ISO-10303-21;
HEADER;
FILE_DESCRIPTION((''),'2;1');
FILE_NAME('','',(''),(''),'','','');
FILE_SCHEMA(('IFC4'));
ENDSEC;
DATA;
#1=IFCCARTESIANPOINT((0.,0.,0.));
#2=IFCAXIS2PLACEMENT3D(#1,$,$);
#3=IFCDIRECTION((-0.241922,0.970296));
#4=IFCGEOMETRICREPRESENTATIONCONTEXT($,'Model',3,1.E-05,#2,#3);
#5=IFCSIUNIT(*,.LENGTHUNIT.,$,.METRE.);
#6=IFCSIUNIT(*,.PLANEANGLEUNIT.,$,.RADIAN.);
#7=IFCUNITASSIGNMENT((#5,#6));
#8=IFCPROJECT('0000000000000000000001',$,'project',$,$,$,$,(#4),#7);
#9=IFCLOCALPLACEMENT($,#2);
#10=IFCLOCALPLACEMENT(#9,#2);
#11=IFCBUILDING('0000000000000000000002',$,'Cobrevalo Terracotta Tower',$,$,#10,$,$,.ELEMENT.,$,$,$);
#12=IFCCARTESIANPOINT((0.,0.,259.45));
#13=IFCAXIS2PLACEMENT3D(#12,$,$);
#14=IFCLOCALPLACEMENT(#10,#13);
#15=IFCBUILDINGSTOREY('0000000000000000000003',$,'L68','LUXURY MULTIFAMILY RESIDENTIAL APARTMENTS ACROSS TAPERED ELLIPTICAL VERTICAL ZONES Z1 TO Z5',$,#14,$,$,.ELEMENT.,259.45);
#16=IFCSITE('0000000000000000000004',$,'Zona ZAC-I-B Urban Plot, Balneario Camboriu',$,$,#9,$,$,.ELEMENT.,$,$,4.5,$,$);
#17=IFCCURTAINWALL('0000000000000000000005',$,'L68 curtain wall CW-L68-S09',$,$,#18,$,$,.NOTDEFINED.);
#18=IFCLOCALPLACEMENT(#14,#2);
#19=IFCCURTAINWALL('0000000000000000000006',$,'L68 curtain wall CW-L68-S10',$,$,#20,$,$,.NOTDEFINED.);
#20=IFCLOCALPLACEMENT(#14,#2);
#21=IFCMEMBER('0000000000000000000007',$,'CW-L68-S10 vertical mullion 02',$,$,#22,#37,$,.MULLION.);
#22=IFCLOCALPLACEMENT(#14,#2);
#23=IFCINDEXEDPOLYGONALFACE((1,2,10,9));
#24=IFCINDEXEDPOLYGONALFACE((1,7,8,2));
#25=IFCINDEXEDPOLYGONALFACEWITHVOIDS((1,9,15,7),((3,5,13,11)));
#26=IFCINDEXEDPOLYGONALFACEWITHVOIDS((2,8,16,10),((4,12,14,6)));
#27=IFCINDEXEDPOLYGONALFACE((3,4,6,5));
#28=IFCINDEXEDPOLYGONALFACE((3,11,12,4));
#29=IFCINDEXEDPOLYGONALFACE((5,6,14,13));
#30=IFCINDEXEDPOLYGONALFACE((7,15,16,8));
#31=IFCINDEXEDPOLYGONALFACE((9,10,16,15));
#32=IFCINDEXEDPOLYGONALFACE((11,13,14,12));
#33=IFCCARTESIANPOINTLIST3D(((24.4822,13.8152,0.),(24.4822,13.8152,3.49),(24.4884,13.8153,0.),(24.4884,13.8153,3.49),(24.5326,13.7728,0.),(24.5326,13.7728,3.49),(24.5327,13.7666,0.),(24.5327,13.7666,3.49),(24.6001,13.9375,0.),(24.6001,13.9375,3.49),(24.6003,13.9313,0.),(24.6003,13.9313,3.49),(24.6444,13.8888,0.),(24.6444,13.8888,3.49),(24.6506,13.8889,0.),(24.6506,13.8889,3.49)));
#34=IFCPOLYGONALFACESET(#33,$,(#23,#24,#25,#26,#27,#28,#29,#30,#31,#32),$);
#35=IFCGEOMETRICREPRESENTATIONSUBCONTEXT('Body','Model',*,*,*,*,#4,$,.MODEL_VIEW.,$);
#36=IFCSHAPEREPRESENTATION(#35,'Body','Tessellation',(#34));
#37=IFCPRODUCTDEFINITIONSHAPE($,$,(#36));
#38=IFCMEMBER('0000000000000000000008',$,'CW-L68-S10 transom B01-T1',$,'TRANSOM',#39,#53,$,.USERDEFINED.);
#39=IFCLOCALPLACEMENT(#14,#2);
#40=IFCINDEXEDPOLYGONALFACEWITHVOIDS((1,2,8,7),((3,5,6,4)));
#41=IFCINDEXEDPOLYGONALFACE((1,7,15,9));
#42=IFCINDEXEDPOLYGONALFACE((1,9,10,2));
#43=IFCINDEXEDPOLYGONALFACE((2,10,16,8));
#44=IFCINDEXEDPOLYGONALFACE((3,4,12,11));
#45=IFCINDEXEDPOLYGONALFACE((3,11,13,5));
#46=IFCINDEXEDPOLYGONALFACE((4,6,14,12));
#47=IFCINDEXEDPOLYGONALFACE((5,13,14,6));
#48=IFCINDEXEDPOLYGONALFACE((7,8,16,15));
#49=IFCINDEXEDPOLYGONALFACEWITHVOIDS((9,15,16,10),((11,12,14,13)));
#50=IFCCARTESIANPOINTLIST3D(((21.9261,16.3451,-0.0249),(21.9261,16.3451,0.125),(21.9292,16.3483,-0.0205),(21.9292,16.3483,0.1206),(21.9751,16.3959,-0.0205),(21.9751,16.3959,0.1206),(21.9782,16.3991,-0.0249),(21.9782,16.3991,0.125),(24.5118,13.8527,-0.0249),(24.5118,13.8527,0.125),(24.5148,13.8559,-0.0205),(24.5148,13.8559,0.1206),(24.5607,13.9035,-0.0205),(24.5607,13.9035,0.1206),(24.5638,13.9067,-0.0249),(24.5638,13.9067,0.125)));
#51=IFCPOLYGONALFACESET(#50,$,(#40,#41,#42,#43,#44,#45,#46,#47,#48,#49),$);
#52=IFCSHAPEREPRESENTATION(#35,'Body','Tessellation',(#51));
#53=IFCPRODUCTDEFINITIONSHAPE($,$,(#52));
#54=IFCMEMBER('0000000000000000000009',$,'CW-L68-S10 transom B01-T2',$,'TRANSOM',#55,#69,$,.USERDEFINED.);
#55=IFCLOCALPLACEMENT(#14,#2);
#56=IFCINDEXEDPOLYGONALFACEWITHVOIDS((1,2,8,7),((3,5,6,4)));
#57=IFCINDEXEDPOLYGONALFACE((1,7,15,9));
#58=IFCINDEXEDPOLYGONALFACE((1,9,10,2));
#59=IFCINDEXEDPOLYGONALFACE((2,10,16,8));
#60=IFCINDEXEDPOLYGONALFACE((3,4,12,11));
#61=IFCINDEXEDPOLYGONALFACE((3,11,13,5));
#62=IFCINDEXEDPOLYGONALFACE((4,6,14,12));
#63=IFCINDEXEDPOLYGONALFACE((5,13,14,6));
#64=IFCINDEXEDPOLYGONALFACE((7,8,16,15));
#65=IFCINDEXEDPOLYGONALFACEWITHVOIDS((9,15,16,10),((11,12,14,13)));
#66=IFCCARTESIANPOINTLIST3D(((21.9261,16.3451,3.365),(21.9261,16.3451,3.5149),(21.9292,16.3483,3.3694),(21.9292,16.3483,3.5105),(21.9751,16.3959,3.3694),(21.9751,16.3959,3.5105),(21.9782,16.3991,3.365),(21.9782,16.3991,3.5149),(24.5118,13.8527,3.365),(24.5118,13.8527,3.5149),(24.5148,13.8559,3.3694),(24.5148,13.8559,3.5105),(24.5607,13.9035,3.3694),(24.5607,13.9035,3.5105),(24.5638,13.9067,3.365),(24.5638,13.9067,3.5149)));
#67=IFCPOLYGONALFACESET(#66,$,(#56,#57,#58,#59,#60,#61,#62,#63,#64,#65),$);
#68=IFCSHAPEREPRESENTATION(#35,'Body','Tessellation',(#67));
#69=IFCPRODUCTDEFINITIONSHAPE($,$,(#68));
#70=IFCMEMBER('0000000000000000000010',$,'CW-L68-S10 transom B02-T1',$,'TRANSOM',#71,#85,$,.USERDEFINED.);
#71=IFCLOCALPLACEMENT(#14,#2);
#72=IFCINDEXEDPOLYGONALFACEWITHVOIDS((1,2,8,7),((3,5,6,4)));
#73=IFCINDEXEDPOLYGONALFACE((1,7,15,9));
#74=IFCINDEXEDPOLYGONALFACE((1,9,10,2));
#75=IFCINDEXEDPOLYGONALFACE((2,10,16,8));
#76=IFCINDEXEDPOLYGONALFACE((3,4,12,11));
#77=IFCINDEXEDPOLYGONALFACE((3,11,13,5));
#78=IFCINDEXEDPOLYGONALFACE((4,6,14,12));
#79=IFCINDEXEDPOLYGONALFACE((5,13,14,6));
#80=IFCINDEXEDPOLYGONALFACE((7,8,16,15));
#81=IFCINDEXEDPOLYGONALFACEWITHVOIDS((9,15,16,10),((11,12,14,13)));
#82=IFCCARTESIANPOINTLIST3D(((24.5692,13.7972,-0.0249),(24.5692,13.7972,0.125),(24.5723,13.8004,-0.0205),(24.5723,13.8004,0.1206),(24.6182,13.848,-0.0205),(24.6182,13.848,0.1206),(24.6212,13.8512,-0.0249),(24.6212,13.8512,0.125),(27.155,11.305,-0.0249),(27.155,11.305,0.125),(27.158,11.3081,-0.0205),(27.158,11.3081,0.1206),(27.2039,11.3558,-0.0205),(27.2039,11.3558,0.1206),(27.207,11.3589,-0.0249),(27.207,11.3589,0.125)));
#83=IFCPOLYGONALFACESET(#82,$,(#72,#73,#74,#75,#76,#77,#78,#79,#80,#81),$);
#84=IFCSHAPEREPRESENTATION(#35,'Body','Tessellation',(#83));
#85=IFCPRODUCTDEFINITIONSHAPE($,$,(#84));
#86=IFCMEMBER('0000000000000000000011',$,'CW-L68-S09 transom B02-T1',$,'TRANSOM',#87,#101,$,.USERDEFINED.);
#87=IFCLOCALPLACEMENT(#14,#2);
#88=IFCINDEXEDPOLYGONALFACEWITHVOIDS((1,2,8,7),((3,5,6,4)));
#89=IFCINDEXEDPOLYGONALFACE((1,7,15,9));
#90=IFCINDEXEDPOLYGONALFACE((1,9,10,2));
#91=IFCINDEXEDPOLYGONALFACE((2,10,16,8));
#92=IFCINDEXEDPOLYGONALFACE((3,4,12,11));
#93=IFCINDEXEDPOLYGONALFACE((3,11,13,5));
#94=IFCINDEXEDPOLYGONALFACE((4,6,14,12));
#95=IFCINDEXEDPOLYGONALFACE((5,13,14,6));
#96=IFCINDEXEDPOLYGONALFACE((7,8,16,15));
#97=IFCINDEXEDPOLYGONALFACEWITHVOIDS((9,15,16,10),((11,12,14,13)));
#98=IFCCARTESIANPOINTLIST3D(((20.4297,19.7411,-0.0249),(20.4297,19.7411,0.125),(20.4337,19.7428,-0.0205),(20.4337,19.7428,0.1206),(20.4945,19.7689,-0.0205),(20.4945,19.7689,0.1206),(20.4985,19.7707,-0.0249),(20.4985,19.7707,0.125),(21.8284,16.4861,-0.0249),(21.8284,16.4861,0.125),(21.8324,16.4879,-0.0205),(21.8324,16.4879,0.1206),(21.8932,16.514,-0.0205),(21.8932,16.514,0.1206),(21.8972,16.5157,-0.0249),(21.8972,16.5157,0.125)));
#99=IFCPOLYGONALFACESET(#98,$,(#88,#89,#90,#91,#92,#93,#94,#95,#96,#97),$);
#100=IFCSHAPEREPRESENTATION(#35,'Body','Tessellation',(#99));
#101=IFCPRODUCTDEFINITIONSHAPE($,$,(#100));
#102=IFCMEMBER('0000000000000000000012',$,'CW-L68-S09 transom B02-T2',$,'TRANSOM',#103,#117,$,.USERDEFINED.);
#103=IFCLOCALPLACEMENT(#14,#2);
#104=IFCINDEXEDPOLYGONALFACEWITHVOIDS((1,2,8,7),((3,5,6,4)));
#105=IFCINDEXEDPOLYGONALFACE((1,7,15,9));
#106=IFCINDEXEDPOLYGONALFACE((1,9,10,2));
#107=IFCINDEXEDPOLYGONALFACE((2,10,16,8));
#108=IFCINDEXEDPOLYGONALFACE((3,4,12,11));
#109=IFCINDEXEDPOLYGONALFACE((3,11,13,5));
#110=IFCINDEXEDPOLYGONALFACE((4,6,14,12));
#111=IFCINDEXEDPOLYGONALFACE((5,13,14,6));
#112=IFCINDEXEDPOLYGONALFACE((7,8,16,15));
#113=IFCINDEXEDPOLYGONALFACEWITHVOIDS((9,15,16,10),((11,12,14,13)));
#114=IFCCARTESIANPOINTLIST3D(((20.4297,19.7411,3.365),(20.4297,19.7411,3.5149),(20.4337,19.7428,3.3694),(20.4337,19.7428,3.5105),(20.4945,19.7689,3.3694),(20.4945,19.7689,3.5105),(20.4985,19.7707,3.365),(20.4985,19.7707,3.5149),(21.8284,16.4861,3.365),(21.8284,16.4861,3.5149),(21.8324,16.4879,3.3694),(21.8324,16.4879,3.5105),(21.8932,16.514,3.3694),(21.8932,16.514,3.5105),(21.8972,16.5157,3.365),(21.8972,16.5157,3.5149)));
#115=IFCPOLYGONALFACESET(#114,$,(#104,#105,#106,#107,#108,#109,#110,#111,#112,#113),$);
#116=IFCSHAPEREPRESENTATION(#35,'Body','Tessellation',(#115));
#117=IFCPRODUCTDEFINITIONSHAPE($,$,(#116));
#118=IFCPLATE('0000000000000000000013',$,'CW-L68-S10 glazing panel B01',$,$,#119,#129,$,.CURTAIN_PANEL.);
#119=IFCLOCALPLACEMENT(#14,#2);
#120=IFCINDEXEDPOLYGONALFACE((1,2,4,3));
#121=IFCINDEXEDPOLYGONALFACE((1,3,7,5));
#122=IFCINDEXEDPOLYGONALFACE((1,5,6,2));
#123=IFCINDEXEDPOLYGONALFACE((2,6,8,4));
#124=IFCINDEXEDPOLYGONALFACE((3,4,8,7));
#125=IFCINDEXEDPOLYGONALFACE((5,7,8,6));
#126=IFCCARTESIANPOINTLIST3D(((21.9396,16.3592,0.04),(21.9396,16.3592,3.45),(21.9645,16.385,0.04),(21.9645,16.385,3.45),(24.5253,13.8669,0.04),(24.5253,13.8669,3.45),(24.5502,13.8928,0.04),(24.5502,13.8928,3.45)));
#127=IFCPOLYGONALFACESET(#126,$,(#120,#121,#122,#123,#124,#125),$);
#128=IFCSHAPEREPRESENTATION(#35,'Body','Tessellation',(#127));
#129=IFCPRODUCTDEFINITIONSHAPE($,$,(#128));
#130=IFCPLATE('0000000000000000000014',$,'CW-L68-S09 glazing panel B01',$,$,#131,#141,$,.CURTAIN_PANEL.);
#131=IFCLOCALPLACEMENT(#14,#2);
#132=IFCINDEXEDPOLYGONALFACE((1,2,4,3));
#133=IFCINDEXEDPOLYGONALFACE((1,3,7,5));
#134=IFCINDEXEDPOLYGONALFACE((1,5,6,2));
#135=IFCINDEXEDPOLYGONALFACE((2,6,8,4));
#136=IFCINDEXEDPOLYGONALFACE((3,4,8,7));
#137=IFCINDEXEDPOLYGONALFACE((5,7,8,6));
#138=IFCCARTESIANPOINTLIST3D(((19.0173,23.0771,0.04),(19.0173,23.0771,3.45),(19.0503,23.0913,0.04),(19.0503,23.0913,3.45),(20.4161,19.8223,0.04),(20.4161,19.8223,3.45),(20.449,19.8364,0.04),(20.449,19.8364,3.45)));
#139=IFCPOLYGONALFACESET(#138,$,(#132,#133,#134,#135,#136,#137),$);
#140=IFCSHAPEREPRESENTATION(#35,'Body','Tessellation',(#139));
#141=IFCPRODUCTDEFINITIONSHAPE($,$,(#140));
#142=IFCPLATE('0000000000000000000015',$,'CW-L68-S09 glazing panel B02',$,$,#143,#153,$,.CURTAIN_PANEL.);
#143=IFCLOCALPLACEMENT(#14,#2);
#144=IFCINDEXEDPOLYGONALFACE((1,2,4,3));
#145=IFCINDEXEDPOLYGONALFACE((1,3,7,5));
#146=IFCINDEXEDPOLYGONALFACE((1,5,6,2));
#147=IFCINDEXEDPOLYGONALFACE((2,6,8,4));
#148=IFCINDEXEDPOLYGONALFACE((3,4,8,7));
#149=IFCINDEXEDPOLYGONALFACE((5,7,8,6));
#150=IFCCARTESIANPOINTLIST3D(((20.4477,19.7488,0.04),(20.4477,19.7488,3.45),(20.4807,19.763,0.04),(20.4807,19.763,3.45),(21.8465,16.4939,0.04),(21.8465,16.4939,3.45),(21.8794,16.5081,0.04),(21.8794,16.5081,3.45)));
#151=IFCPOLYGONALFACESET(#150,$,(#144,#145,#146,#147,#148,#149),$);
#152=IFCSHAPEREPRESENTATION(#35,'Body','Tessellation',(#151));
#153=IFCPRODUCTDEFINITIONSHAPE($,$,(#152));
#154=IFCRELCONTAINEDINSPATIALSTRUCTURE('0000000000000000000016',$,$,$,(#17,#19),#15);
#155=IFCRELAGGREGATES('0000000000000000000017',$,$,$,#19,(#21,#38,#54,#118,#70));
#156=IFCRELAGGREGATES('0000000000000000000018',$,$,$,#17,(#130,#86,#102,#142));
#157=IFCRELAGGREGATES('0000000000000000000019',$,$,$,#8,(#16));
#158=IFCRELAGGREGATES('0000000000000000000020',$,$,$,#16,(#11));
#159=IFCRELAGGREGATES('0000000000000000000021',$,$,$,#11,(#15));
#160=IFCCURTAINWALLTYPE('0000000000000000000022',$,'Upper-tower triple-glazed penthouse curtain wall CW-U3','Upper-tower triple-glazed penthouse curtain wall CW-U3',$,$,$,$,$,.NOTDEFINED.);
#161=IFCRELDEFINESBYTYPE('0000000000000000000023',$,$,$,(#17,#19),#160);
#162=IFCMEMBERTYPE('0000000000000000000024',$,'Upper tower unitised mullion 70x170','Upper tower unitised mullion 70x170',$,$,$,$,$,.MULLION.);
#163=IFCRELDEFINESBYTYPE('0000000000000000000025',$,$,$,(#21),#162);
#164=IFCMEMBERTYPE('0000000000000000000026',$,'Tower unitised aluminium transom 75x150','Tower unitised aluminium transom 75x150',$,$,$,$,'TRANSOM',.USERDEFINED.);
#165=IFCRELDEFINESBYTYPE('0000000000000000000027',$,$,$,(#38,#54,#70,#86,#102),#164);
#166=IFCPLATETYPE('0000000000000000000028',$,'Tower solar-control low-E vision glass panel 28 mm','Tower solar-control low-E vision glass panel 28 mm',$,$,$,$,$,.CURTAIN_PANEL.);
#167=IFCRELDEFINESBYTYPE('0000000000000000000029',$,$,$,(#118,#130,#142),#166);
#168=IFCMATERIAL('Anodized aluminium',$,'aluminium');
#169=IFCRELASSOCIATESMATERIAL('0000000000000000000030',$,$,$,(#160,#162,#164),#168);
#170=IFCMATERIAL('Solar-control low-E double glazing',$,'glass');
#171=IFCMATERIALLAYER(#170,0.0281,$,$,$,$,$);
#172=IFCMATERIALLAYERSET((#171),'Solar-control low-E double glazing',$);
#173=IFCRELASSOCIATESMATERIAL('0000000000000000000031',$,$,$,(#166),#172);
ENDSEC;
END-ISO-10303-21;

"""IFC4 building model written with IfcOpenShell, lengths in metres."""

from ifc_helpers import new_model, si_unit, direction, frame, origin, origin_2d, place, context, subcontext, project, spatial, rectangle, hollow_rectangle, extrude, source, transform, mapped, material, layer, layer_set, material_profile, profile_set, type_object, element, aggregate, save


model = new_model("IFC4")

# Units and contexts
model_context = context("Model", 3, precision=1e-05, world=origin(), true_north=direction((-0.241922, 0.970296)))
body_context = subcontext(model_context, "Body", "Model", "MODEL_VIEW")
ifc_project = project(units=[si_unit("LENGTHUNIT", "METRE"), si_unit("PLANEANGLEUNIT", "RADIAN")], contexts=[model_context])

# Site, building, storey
site_placement = place(None, origin())
site = spatial("IfcSite", under=ifc_project, at=site_placement, Name="Zona ZAC-I-B Urban Plot, Balneario Camboriu", CompositionType="ELEMENT", RefElevation=4.5)
building_placement = place(site_placement, origin())
building = spatial("IfcBuilding", under=site, at=building_placement, Name="Cobrevalo Terracotta Tower", CompositionType="ELEMENT")
storey_placement = place(building_placement, frame((0.0, 0.0, 259.45)))
storey = spatial("IfcBuildingStorey", under=building, at=storey_placement, Name="L68", Description="LUXURY MULTIFAMILY RESIDENTIAL APARTMENTS ACROSS TAPERED ELLIPTICAL VERTICAL ZONES Z1 TO Z5", CompositionType="ELEMENT", Elevation=259.45)

# Curtain walls, members
ifc_material_1 = material(Name="Anodized aluminium", Category="aluminium")
curtain_wall_type = type_object("IfcCurtainWallType", Name="Upper-tower triple-glazed penthouse curtain wall CW-U3", Description="Upper-tower triple-glazed penthouse curtain wall CW-U3", PredefinedType="NOTDEFINED", material=ifc_material_1)
curtain_wall_1_placement = place(storey_placement, origin())
curtain_wall_1 = element("IfcCurtainWall", 1, at=curtain_wall_1_placement, inside=storey, type_object=curtain_wall_type, Name="L68 curtain wall CW-L68-S09", PredefinedType="NOTDEFINED")
ifc_material_profile_1 = material_profile(ifc_material_1, hollow_rectangle(XDim=0.0701, YDim=0.1699, WallThickness=0.0044, at=origin_2d()), Name="CWM 70x170")
ifc_profile_set_1 = profile_set([ifc_material_profile_1], Name="Anodized aluminium")
member_type_1 = type_object("IfcMemberType", Name="Upper tower unitised mullion 70x170", Description="Upper tower unitised mullion 70x170", PredefinedType="MULLION", material=ifc_profile_set_1)
shared_shape_1 = source(origin(), body_context, "Body", "SweptSolid", [
    extrude(hollow_rectangle(XDim=0.0701, YDim=0.1699, WallThickness=0.0044, at=origin_2d()), origin(), (0.0, 0.0, 1.0), 3.49),
])
curtain_wall_2_placement = place(storey_placement, origin())
curtain_wall_2 = element("IfcCurtainWall", 2, at=curtain_wall_2_placement, inside=storey, type_object=curtain_wall_type, Name="L68 curtain wall CW-L68-S10", PredefinedType="NOTDEFINED")
member_1_placement = place(storey_placement, frame((24.5664, 13.8521, 0.0), z_axis=(0.0, 0.0, 1.0), x_axis=(0.719994, -0.69398, 0.0)))
member_1 = element("IfcMember", 3, at=member_1_placement, type_object=member_type_1, Name="CW-L68-S10 vertical mullion 02", PredefinedType="MULLION", context=body_context, shape_type="MappedRepresentation", body=[
    mapped(shared_shape_1, transform((0.0, 0.0, 0.0), scale=1.0)),
])
ifc_material_profile_2 = material_profile(ifc_material_1, hollow_rectangle(XDim=0.075, YDim=0.1499, WallThickness=0.0044, at=origin_2d()), Name="CWT 75x150")
ifc_profile_set_2 = profile_set([ifc_material_profile_2], Name="Anodized aluminium")
member_type_2 = type_object("IfcMemberType", Name="Tower unitised aluminium transom 75x150", Description="Tower unitised aluminium transom 75x150", ElementType="TRANSOM", PredefinedType="USERDEFINED", material=ifc_profile_set_2)
shared_shape_2 = source(origin(), body_context, "Body", "SweptSolid", [
    extrude(hollow_rectangle(XDim=0.075, YDim=0.1499, WallThickness=0.0044, at=origin_2d()), origin(), (0.0, 0.0, 1.0), 3.5913),
])
member_2_placement = place(storey_placement, frame((21.9521, 16.3721, 0.05), z_axis=(0.719972, -0.694003, 0.0), x_axis=(0.694003, 0.719972, 0.0)))
member_2 = element("IfcMember", 4, at=member_2_placement, type_object=member_type_2, Name="CW-L68-S10 transom B01-T1", ObjectType="TRANSOM", PredefinedType="USERDEFINED", context=body_context, shape_type="MappedRepresentation", body=[
    mapped(shared_shape_2, transform((0.0, 0.0, 0.0), scale=1.0)),
])
member_3_placement = place(storey_placement, frame((21.9521, 16.3721, 3.4399), z_axis=(0.719972, -0.694003, 0.0), x_axis=(0.694003, 0.719972, 0.0)))
member_3 = element("IfcMember", 5, at=member_3_placement, type_object=member_type_2, Name="CW-L68-S10 transom B01-T2", ObjectType="TRANSOM", PredefinedType="USERDEFINED", context=body_context, shape_type="MappedRepresentation", body=[
    mapped(shared_shape_2, transform((0.0, 0.0, 0.0), scale=1.0)),
])
member_4_placement = place(storey_placement, frame((24.5952, 13.8242, 0.05), z_axis=(0.720006, -0.693968, 0.0), x_axis=(0.693968, 0.720006, 0.0)))
member_4 = element("IfcMember", 6, at=member_4_placement, type_object=member_type_2, Name="CW-L68-S10 transom B02-T1", ObjectType="TRANSOM", PredefinedType="USERDEFINED", context=body_context, shape_type="MappedRepresentation", body=[
    mapped(shared_shape_2, transform((0.0, 0.0, 0.0), scale=1.0)),
])

# Members
shared_shape_3 = source(origin(), body_context, "Body", "SweptSolid", [
    extrude(hollow_rectangle(XDim=0.075, YDim=0.1499, WallThickness=0.0044, at=origin_2d()), origin(), (0.0, 0.0, 1.0), 3.5427),
])
member_5_placement = place(storey_placement, frame((20.4641, 19.7559, 0.05), z_axis=(0.394809, -0.918763, 0.0), x_axis=(0.918763, 0.394809, 0.0)))
member_5 = element("IfcMember", 7, at=member_5_placement, type_object=member_type_2, Name="CW-L68-S09 transom B02-T1", ObjectType="TRANSOM", PredefinedType="USERDEFINED", context=body_context, shape_type="MappedRepresentation", body=[
    mapped(shared_shape_3, transform((0.0, 0.0, 0.0), scale=1.0)),
])
member_6_placement = place(storey_placement, frame((20.4641, 19.7559, 3.4399), z_axis=(0.394809, -0.918763, 0.0), x_axis=(0.918763, 0.394809, 0.0)))
member_6 = element("IfcMember", 8, at=member_6_placement, type_object=member_type_2, Name="CW-L68-S09 transom B02-T2", ObjectType="TRANSOM", PredefinedType="USERDEFINED", context=body_context, shape_type="MappedRepresentation", body=[
    mapped(shared_shape_3, transform((0.0, 0.0, 0.0), scale=1.0)),
])

# Plates
ifc_material_2 = material(Name="Solar-control low-E double glazing", Category="glass")
ifc_layer_1 = layer(ifc_material_2, 0.0281)
ifc_layer_set_1 = layer_set([ifc_layer_1], Name="Solar-control low-E double glazing")
plate_type = type_object("IfcPlateType", Name="Tower solar-control low-E vision glass panel 28 mm", Description="Tower solar-control low-E vision glass panel 28 mm", PredefinedType="CURTAIN_PANEL", material=ifc_layer_set_1)
shared_shape_4 = source(origin(), body_context, "Body", "SweptSolid", [
    extrude(rectangle(XDim=3.5913, YDim=0.0359, at=origin_2d()), origin(), (0.0, 0.0, 1.0), 3.4099),
])
plate_1_placement = place(storey_placement, frame((23.2449, 15.126, 0.04), z_axis=(0.0, 0.0, 1.0), x_axis=(0.719997, -0.693978, 0.0)))
plate_1 = element("IfcPlate", 9, at=plate_1_placement, type_object=plate_type, Name="CW-L68-S10 glazing panel B01", PredefinedType="CURTAIN_PANEL", context=body_context, shape_type="MappedRepresentation", body=[
    mapped(shared_shape_4, transform((0.0, 0.0, 0.0), scale=1.0)),
])
aggregate(curtain_wall_2, [member_1, member_2, member_3, plate_1, member_4])
shared_shape_5 = source(origin(), body_context, "Body", "SweptSolid", [
    extrude(rectangle(XDim=3.5427, YDim=0.0359, at=origin_2d()), origin(), (0.0, 0.0, 1.0), 3.4099),
])
plate_2_placement = place(storey_placement, frame((19.7332, 21.4568, 0.04), z_axis=(0.0, 0.0, 1.0), x_axis=(0.394829, -0.918755, 0.0)))
plate_2 = element("IfcPlate", 10, at=plate_2_placement, type_object=plate_type, Name="CW-L68-S09 glazing panel B01", PredefinedType="CURTAIN_PANEL", context=body_context, shape_type="MappedRepresentation", body=[
    mapped(shared_shape_5, transform((0.0, 0.0, 0.0), scale=1.0)),
])
plate_3_placement = place(storey_placement, frame((21.1636, 18.1284, 0.04), z_axis=(0.0, 0.0, 1.0), x_axis=(0.394829, -0.918755, 0.0)))
plate_3 = element("IfcPlate", 11, at=plate_3_placement, type_object=plate_type, Name="CW-L68-S09 glazing panel B02", PredefinedType="CURTAIN_PANEL", context=body_context, shape_type="MappedRepresentation", body=[
    mapped(shared_shape_5, transform((0.0, 0.0, 0.0), scale=1.0)),
])
aggregate(curtain_wall_1, [plate_2, member_5, member_6, plate_3])

save(model, "model.ifc")
